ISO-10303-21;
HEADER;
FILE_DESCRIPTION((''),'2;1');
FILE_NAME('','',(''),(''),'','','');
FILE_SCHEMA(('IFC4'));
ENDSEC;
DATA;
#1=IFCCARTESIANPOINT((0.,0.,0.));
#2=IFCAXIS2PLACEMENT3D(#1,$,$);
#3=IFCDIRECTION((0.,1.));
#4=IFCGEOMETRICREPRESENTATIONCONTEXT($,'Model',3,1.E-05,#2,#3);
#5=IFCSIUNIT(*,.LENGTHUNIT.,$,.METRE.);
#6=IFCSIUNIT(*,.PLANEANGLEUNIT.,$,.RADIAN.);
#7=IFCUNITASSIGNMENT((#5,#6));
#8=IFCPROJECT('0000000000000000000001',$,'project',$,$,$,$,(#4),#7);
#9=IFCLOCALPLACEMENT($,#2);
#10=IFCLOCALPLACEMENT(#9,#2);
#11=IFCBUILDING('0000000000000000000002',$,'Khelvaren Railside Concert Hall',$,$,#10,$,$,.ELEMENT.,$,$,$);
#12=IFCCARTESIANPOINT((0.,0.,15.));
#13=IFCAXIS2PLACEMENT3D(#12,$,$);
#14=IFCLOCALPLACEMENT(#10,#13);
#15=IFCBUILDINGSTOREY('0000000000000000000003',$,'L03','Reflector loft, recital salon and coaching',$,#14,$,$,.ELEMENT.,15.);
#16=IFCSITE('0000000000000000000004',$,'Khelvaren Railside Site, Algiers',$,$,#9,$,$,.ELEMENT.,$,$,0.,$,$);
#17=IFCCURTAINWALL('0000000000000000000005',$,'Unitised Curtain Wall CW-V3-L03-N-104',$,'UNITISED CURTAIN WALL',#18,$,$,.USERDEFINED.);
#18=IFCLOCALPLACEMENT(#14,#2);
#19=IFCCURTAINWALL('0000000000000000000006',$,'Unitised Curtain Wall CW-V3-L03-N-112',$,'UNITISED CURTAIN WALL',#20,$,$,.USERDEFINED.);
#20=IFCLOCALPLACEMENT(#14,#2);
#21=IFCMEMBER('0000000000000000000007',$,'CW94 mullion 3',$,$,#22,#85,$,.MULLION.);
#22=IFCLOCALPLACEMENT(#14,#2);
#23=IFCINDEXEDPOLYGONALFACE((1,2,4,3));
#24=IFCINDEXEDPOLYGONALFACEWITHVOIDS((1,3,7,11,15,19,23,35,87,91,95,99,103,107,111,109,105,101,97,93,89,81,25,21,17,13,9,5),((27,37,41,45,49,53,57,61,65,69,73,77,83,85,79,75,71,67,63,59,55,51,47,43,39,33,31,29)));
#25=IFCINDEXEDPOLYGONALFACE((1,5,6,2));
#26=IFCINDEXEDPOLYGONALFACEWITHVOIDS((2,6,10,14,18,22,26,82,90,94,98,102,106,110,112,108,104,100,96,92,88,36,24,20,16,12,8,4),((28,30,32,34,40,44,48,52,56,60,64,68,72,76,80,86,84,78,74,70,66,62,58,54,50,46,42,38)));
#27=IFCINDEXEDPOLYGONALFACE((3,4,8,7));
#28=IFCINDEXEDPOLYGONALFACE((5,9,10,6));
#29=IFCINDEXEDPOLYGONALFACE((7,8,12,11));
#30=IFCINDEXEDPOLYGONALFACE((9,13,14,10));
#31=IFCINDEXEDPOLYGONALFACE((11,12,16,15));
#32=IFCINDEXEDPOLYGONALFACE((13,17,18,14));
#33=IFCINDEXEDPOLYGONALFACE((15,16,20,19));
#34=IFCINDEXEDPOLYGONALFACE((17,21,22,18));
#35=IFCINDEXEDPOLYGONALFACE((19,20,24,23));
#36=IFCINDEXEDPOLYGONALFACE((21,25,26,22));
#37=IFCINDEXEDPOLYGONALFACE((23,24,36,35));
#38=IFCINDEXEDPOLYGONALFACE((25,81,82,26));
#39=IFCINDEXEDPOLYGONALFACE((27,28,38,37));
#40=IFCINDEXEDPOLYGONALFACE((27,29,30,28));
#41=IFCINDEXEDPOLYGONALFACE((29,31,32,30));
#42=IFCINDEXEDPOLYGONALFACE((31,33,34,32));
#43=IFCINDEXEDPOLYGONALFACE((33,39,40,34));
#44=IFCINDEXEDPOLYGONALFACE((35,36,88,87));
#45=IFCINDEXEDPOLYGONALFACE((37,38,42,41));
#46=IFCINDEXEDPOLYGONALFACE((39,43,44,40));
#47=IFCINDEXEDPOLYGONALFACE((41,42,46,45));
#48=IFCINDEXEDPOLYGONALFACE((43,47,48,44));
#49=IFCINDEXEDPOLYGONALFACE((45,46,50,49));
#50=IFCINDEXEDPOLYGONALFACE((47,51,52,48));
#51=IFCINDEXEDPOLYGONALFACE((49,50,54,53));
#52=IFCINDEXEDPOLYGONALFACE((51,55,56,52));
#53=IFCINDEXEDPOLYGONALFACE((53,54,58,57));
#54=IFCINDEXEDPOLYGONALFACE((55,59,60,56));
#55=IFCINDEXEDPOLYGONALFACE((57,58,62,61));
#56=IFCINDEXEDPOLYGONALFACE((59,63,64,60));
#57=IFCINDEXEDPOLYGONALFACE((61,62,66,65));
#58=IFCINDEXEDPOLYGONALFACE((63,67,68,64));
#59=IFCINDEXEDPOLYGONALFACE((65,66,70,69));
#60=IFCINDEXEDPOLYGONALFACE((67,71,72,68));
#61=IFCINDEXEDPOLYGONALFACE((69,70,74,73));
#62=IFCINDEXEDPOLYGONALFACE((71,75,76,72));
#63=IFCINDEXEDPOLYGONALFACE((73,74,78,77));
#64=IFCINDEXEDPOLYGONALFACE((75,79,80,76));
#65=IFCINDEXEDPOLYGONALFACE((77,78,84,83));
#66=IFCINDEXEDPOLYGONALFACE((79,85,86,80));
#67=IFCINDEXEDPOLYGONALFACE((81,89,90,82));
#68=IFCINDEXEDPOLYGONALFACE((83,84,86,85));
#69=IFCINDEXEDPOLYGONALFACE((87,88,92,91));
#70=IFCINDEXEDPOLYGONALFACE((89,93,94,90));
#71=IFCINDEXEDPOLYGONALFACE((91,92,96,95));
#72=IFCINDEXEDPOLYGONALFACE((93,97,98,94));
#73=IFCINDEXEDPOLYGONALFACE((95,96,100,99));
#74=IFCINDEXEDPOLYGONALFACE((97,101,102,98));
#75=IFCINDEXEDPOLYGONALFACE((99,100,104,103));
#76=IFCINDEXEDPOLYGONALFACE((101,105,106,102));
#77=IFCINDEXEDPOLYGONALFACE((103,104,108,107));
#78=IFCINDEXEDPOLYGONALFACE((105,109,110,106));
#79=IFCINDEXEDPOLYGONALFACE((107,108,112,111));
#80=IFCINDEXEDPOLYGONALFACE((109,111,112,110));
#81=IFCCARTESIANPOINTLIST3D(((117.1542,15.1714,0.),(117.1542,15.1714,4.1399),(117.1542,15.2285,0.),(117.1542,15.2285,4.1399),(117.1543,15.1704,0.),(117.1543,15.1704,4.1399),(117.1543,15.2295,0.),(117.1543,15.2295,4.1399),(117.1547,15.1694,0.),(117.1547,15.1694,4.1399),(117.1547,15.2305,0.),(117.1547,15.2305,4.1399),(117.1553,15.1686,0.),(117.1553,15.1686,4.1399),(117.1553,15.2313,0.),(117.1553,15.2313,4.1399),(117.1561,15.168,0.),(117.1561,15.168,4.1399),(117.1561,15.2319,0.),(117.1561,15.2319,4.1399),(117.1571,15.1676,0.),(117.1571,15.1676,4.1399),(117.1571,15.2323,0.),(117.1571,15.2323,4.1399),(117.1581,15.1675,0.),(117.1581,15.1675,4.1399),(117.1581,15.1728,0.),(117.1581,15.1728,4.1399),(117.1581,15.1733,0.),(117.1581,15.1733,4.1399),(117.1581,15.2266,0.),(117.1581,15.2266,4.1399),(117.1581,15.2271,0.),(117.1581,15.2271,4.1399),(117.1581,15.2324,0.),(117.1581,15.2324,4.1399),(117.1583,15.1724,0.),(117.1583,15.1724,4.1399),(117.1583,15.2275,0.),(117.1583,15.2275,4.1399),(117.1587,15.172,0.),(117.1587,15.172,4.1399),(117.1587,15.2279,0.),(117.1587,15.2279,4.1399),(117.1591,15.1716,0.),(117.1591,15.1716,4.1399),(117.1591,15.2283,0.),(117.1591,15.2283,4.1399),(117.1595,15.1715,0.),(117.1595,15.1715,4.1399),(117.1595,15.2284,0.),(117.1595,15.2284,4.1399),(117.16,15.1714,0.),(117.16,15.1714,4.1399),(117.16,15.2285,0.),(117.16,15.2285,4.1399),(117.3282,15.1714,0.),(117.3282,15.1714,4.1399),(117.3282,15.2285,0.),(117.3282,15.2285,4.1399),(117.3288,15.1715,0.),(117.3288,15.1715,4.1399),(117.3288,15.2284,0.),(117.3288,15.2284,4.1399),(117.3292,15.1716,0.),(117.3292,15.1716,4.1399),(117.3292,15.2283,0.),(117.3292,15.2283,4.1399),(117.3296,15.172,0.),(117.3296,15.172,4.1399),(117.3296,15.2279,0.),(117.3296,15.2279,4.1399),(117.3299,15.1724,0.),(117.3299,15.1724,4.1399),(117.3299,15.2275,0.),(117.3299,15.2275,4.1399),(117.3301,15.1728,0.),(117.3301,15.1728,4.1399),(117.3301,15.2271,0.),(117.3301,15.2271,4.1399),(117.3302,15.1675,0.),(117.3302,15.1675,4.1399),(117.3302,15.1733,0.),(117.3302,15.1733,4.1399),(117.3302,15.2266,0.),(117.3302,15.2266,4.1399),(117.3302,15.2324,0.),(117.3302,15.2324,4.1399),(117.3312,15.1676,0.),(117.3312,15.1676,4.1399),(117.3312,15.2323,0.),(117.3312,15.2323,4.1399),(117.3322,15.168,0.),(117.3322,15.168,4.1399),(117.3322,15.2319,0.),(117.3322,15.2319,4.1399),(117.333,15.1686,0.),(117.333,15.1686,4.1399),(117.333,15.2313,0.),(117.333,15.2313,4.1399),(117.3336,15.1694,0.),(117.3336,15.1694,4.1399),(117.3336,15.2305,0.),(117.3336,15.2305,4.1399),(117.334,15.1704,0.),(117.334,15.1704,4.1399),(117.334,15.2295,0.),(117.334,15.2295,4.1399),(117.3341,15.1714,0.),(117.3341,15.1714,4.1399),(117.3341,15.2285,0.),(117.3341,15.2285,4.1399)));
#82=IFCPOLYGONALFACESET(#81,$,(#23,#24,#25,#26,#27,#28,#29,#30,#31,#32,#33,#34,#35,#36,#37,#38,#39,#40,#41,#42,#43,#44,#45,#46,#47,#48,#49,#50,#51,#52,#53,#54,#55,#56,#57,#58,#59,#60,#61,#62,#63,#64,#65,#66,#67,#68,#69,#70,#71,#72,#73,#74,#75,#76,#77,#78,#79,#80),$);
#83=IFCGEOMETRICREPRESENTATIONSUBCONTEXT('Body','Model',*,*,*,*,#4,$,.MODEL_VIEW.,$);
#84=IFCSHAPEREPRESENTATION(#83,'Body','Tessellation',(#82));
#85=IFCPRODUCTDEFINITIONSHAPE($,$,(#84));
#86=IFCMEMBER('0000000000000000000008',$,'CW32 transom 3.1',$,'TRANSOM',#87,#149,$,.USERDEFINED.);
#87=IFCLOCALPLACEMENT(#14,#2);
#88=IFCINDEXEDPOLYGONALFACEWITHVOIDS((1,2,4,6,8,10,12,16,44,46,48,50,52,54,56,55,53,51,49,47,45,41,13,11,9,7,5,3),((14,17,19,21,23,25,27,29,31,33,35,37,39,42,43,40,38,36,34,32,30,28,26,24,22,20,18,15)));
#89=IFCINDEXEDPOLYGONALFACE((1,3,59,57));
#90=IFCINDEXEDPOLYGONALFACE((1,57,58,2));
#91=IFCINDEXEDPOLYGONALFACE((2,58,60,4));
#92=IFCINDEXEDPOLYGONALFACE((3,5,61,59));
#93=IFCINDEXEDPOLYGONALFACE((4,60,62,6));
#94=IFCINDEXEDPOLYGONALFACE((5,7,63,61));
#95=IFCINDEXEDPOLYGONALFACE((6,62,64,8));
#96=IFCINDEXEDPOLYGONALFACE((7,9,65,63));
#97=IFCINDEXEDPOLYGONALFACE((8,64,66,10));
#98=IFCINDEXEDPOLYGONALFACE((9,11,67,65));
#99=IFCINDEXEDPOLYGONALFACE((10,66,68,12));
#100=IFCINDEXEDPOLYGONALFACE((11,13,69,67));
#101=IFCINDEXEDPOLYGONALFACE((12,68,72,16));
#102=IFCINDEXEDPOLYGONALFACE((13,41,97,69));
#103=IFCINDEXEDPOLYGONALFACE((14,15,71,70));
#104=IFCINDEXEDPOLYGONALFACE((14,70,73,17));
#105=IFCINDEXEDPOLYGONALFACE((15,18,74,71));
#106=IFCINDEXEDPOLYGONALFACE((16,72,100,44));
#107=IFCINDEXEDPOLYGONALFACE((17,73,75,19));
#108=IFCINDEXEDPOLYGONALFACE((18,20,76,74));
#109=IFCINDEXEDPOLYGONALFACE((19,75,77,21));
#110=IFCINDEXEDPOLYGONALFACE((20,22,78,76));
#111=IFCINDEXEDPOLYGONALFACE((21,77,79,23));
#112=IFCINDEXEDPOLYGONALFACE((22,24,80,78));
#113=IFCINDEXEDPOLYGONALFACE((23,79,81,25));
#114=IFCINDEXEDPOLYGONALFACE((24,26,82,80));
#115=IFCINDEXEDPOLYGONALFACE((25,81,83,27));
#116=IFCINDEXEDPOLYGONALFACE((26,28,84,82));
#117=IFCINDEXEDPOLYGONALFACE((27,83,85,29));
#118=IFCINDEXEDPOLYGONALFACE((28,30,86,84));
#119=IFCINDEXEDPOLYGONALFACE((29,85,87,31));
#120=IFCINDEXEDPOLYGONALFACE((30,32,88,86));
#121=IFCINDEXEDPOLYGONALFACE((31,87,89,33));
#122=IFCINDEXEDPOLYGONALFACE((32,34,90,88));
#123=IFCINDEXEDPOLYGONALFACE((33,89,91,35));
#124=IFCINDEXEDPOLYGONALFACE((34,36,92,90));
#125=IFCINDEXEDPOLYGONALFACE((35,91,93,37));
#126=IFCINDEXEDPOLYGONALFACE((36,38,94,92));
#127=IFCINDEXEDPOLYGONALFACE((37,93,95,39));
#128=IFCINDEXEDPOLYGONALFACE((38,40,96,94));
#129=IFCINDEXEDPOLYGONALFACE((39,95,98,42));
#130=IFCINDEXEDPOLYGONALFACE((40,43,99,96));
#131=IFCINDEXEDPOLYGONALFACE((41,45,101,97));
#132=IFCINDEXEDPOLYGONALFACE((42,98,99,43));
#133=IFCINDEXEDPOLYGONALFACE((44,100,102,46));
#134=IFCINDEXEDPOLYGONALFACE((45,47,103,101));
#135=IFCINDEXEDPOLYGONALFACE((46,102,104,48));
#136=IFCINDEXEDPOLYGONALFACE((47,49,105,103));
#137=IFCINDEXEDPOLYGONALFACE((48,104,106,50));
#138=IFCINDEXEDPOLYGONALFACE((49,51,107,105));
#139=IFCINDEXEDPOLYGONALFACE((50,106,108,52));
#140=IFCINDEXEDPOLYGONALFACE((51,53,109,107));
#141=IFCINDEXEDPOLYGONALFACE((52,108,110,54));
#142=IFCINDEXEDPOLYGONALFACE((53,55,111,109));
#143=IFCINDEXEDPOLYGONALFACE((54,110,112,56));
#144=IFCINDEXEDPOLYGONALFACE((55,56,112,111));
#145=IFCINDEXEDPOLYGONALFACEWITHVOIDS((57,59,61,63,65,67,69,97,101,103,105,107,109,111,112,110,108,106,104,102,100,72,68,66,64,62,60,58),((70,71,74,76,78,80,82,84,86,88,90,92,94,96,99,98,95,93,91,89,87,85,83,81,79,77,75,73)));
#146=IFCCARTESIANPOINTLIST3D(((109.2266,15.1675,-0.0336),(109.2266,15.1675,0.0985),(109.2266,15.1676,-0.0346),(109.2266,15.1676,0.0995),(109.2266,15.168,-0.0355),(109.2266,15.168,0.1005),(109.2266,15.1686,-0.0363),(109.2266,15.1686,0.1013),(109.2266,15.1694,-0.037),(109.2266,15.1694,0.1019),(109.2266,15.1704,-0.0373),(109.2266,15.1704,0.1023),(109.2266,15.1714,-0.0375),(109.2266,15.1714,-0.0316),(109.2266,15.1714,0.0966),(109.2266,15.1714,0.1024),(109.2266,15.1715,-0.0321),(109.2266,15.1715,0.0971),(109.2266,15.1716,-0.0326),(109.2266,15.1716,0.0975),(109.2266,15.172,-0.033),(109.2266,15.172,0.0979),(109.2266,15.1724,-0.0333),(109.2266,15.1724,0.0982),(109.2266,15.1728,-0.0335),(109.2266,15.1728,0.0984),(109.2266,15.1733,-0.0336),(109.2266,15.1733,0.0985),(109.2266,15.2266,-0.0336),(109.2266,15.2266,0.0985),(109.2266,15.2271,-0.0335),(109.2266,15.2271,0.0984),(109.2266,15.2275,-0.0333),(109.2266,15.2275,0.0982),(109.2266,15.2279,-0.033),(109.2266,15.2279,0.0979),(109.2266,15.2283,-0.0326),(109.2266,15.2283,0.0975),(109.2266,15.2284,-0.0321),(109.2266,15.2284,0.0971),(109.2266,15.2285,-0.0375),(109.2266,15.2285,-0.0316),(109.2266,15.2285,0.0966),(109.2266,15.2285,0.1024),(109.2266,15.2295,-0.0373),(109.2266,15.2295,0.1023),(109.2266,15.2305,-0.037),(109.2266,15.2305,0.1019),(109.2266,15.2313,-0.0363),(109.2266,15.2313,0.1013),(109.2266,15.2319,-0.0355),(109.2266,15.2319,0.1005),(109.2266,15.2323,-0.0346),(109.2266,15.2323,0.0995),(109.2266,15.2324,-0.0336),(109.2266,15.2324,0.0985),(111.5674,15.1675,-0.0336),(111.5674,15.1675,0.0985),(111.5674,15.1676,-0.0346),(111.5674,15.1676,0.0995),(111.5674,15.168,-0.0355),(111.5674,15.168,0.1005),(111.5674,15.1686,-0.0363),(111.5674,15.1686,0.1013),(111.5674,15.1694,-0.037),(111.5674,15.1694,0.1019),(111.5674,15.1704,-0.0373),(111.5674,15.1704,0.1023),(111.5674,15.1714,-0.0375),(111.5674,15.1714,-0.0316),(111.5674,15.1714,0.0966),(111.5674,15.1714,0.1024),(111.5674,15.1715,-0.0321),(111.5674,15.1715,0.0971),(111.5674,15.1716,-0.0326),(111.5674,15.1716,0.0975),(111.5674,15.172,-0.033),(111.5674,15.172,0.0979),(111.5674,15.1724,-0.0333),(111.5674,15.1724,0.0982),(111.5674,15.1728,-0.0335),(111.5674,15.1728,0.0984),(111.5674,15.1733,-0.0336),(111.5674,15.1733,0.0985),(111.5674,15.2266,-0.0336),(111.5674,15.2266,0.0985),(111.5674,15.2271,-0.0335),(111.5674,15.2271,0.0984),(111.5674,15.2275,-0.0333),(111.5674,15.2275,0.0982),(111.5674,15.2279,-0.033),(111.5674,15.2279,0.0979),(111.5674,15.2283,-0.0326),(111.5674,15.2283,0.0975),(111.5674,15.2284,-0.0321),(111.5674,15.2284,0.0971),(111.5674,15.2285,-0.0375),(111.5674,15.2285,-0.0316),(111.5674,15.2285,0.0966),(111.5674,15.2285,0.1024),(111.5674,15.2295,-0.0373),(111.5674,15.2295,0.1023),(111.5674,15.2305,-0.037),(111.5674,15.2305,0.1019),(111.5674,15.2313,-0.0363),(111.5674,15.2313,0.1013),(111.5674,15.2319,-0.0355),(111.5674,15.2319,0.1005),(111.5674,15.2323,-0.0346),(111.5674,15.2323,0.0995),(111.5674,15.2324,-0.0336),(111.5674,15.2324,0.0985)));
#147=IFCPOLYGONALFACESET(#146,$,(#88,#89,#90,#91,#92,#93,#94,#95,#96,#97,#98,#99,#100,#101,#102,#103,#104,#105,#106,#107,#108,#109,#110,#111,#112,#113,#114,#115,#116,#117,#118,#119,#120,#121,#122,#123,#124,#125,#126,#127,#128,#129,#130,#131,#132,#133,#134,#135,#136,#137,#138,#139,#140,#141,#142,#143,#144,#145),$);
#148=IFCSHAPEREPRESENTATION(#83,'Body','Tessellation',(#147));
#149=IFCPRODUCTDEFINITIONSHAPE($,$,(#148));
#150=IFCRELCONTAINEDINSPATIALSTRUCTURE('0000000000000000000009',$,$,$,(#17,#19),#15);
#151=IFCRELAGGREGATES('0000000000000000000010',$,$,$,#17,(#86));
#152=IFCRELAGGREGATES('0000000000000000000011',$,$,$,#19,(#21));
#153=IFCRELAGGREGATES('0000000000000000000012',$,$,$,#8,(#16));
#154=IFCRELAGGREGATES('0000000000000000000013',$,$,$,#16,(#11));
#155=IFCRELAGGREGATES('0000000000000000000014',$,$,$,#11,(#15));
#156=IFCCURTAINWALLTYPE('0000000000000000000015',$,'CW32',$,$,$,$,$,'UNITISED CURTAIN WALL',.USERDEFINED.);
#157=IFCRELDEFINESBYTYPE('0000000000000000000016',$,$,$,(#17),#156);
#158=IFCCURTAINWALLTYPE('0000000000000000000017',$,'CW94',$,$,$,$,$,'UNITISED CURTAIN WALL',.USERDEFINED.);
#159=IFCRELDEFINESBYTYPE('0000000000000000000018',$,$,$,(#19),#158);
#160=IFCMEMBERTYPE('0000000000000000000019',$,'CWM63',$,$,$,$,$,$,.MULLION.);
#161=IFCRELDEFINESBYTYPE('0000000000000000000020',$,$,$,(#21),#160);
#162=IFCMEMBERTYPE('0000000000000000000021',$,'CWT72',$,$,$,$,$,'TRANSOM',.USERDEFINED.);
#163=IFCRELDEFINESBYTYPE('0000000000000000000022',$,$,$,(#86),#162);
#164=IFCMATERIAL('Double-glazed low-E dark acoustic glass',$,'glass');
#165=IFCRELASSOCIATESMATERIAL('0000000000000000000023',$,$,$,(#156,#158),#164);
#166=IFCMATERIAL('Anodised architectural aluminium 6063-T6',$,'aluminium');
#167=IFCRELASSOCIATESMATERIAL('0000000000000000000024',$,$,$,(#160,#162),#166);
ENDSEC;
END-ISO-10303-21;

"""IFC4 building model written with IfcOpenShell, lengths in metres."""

from ifc_helpers import new_model, si_unit, direction, frame, origin, origin_2d, place, context, subcontext, project, spatial, hollow_rectangle, extrude, material, material_profile, profile_set, type_object, element, aggregate, save


model = new_model("IFC4")

# Units and contexts
model_context = context("Model", 3, precision=1e-05, world=origin(), true_north=direction((0.0, 1.0)))
body_context = subcontext(model_context, "Body", "Model", "MODEL_VIEW")
ifc_project = project(units=[si_unit("LENGTHUNIT", "METRE"), si_unit("PLANEANGLEUNIT", "RADIAN")], contexts=[model_context])

# Site, building, storey
site_placement = place(None, origin())
site = spatial("IfcSite", under=ifc_project, at=site_placement, Name="Khelvaren Railside Site, Algiers", CompositionType="ELEMENT", RefElevation=0.0)
building_placement = place(site_placement, origin())
building = spatial("IfcBuilding", under=site, at=building_placement, Name="Khelvaren Railside Concert Hall", CompositionType="ELEMENT")
storey_placement = place(building_placement, frame((0.0, 0.0, 15.0)))
storey = spatial("IfcBuildingStorey", under=building, at=storey_placement, Name="L03", Description="Reflector loft, recital salon and coaching", CompositionType="ELEMENT", Elevation=15.0)

# Curtain walls, member
ifc_material_1 = material(Name="Double-glazed low-E dark acoustic glass", Category="glass")
curtain_wall_type_1 = type_object("IfcCurtainWallType", Name="CW32", ElementType="UNITISED CURTAIN WALL", PredefinedType="USERDEFINED", material=ifc_material_1)
curtain_wall_1_placement = place(storey_placement, origin())
curtain_wall_1 = element("IfcCurtainWall", 1, at=curtain_wall_1_placement, inside=storey, type_object=curtain_wall_type_1, Name="Unitised Curtain Wall CW-V3-L03-N-104", ObjectType="UNITISED CURTAIN WALL", PredefinedType="USERDEFINED")
ifc_material_2 = material(Name="Anodised architectural aluminium 6063-T6", Category="aluminium")
ifc_material_profile_1 = material_profile(ifc_material_2, hollow_rectangle(XDim=0.0649, YDim=0.1799, WallThickness=0.0039, InnerFilletRadius=0.002, OuterFilletRadius=0.0039, at=origin_2d()), Name="CWM 65x180x4")
ifc_profile_set_1 = profile_set([ifc_material_profile_1], Name="Anodised architectural aluminium 6063-T6")
member_type_1 = type_object("IfcMemberType", Name="CWM63", PredefinedType="MULLION", material=ifc_profile_set_1)
curtain_wall_type_2 = type_object("IfcCurtainWallType", Name="CW94", ElementType="UNITISED CURTAIN WALL", PredefinedType="USERDEFINED", material=ifc_material_1)
curtain_wall_2_placement = place(storey_placement, origin())
curtain_wall_2 = element("IfcCurtainWall", 2, at=curtain_wall_2_placement, inside=storey, type_object=curtain_wall_type_2, Name="Unitised Curtain Wall CW-V3-L03-N-112", ObjectType="UNITISED CURTAIN WALL", PredefinedType="USERDEFINED")
member_1_placement = place(storey_placement, frame((117.2441, 15.2, 0.0), z_axis=(0.0, 0.0, 1.0), x_axis=(0.0, 1.0, 0.0)))
member_1 = element("IfcMember", 3, at=member_1_placement, type_object=member_type_1, Name="CW94 mullion 3", PredefinedType="MULLION", context=body_context, shape_type="SweptSolid", body=[
    extrude(hollow_rectangle(XDim=0.0649, YDim=0.1799, WallThickness=0.0039, InnerFilletRadius=0.002, OuterFilletRadius=0.0039, at=origin_2d()), origin(), (0.0, 0.0, 1.0), 4.1399),
])

# Member
ifc_material_profile_2 = material_profile(ifc_material_2, hollow_rectangle(XDim=0.0649, YDim=0.1399, WallThickness=0.0039, InnerFilletRadius=0.002, OuterFilletRadius=0.0039, at=origin_2d()), Name="CWT 65x140x4")
ifc_profile_set_2 = profile_set([ifc_material_profile_2], Name="Anodised architectural aluminium 6063-T6")
member_type_2 = type_object("IfcMemberType", Name="CWT72", ElementType="TRANSOM", PredefinedType="USERDEFINED", material=ifc_profile_set_2)
member_2_placement = place(storey_placement, frame((109.2266, 15.2, 0.0325), z_axis=(1.0, 0.0, 0.0), x_axis=(0.0, 1.0, 0.0)))
member_2 = element("IfcMember", 4, at=member_2_placement, type_object=member_type_2, Name="CW32 transom 3.1", ObjectType="TRANSOM", PredefinedType="USERDEFINED", context=body_context, shape_type="SweptSolid", body=[
    extrude(hollow_rectangle(XDim=0.0649, YDim=0.1399, WallThickness=0.0039, InnerFilletRadius=0.002, OuterFilletRadius=0.0039, at=origin_2d()), origin(), (0.0, 0.0, 1.0), 2.3408),
])

aggregate(curtain_wall_1, [member_2])
aggregate(curtain_wall_2, [member_1])

save(model, "model.ifc")
